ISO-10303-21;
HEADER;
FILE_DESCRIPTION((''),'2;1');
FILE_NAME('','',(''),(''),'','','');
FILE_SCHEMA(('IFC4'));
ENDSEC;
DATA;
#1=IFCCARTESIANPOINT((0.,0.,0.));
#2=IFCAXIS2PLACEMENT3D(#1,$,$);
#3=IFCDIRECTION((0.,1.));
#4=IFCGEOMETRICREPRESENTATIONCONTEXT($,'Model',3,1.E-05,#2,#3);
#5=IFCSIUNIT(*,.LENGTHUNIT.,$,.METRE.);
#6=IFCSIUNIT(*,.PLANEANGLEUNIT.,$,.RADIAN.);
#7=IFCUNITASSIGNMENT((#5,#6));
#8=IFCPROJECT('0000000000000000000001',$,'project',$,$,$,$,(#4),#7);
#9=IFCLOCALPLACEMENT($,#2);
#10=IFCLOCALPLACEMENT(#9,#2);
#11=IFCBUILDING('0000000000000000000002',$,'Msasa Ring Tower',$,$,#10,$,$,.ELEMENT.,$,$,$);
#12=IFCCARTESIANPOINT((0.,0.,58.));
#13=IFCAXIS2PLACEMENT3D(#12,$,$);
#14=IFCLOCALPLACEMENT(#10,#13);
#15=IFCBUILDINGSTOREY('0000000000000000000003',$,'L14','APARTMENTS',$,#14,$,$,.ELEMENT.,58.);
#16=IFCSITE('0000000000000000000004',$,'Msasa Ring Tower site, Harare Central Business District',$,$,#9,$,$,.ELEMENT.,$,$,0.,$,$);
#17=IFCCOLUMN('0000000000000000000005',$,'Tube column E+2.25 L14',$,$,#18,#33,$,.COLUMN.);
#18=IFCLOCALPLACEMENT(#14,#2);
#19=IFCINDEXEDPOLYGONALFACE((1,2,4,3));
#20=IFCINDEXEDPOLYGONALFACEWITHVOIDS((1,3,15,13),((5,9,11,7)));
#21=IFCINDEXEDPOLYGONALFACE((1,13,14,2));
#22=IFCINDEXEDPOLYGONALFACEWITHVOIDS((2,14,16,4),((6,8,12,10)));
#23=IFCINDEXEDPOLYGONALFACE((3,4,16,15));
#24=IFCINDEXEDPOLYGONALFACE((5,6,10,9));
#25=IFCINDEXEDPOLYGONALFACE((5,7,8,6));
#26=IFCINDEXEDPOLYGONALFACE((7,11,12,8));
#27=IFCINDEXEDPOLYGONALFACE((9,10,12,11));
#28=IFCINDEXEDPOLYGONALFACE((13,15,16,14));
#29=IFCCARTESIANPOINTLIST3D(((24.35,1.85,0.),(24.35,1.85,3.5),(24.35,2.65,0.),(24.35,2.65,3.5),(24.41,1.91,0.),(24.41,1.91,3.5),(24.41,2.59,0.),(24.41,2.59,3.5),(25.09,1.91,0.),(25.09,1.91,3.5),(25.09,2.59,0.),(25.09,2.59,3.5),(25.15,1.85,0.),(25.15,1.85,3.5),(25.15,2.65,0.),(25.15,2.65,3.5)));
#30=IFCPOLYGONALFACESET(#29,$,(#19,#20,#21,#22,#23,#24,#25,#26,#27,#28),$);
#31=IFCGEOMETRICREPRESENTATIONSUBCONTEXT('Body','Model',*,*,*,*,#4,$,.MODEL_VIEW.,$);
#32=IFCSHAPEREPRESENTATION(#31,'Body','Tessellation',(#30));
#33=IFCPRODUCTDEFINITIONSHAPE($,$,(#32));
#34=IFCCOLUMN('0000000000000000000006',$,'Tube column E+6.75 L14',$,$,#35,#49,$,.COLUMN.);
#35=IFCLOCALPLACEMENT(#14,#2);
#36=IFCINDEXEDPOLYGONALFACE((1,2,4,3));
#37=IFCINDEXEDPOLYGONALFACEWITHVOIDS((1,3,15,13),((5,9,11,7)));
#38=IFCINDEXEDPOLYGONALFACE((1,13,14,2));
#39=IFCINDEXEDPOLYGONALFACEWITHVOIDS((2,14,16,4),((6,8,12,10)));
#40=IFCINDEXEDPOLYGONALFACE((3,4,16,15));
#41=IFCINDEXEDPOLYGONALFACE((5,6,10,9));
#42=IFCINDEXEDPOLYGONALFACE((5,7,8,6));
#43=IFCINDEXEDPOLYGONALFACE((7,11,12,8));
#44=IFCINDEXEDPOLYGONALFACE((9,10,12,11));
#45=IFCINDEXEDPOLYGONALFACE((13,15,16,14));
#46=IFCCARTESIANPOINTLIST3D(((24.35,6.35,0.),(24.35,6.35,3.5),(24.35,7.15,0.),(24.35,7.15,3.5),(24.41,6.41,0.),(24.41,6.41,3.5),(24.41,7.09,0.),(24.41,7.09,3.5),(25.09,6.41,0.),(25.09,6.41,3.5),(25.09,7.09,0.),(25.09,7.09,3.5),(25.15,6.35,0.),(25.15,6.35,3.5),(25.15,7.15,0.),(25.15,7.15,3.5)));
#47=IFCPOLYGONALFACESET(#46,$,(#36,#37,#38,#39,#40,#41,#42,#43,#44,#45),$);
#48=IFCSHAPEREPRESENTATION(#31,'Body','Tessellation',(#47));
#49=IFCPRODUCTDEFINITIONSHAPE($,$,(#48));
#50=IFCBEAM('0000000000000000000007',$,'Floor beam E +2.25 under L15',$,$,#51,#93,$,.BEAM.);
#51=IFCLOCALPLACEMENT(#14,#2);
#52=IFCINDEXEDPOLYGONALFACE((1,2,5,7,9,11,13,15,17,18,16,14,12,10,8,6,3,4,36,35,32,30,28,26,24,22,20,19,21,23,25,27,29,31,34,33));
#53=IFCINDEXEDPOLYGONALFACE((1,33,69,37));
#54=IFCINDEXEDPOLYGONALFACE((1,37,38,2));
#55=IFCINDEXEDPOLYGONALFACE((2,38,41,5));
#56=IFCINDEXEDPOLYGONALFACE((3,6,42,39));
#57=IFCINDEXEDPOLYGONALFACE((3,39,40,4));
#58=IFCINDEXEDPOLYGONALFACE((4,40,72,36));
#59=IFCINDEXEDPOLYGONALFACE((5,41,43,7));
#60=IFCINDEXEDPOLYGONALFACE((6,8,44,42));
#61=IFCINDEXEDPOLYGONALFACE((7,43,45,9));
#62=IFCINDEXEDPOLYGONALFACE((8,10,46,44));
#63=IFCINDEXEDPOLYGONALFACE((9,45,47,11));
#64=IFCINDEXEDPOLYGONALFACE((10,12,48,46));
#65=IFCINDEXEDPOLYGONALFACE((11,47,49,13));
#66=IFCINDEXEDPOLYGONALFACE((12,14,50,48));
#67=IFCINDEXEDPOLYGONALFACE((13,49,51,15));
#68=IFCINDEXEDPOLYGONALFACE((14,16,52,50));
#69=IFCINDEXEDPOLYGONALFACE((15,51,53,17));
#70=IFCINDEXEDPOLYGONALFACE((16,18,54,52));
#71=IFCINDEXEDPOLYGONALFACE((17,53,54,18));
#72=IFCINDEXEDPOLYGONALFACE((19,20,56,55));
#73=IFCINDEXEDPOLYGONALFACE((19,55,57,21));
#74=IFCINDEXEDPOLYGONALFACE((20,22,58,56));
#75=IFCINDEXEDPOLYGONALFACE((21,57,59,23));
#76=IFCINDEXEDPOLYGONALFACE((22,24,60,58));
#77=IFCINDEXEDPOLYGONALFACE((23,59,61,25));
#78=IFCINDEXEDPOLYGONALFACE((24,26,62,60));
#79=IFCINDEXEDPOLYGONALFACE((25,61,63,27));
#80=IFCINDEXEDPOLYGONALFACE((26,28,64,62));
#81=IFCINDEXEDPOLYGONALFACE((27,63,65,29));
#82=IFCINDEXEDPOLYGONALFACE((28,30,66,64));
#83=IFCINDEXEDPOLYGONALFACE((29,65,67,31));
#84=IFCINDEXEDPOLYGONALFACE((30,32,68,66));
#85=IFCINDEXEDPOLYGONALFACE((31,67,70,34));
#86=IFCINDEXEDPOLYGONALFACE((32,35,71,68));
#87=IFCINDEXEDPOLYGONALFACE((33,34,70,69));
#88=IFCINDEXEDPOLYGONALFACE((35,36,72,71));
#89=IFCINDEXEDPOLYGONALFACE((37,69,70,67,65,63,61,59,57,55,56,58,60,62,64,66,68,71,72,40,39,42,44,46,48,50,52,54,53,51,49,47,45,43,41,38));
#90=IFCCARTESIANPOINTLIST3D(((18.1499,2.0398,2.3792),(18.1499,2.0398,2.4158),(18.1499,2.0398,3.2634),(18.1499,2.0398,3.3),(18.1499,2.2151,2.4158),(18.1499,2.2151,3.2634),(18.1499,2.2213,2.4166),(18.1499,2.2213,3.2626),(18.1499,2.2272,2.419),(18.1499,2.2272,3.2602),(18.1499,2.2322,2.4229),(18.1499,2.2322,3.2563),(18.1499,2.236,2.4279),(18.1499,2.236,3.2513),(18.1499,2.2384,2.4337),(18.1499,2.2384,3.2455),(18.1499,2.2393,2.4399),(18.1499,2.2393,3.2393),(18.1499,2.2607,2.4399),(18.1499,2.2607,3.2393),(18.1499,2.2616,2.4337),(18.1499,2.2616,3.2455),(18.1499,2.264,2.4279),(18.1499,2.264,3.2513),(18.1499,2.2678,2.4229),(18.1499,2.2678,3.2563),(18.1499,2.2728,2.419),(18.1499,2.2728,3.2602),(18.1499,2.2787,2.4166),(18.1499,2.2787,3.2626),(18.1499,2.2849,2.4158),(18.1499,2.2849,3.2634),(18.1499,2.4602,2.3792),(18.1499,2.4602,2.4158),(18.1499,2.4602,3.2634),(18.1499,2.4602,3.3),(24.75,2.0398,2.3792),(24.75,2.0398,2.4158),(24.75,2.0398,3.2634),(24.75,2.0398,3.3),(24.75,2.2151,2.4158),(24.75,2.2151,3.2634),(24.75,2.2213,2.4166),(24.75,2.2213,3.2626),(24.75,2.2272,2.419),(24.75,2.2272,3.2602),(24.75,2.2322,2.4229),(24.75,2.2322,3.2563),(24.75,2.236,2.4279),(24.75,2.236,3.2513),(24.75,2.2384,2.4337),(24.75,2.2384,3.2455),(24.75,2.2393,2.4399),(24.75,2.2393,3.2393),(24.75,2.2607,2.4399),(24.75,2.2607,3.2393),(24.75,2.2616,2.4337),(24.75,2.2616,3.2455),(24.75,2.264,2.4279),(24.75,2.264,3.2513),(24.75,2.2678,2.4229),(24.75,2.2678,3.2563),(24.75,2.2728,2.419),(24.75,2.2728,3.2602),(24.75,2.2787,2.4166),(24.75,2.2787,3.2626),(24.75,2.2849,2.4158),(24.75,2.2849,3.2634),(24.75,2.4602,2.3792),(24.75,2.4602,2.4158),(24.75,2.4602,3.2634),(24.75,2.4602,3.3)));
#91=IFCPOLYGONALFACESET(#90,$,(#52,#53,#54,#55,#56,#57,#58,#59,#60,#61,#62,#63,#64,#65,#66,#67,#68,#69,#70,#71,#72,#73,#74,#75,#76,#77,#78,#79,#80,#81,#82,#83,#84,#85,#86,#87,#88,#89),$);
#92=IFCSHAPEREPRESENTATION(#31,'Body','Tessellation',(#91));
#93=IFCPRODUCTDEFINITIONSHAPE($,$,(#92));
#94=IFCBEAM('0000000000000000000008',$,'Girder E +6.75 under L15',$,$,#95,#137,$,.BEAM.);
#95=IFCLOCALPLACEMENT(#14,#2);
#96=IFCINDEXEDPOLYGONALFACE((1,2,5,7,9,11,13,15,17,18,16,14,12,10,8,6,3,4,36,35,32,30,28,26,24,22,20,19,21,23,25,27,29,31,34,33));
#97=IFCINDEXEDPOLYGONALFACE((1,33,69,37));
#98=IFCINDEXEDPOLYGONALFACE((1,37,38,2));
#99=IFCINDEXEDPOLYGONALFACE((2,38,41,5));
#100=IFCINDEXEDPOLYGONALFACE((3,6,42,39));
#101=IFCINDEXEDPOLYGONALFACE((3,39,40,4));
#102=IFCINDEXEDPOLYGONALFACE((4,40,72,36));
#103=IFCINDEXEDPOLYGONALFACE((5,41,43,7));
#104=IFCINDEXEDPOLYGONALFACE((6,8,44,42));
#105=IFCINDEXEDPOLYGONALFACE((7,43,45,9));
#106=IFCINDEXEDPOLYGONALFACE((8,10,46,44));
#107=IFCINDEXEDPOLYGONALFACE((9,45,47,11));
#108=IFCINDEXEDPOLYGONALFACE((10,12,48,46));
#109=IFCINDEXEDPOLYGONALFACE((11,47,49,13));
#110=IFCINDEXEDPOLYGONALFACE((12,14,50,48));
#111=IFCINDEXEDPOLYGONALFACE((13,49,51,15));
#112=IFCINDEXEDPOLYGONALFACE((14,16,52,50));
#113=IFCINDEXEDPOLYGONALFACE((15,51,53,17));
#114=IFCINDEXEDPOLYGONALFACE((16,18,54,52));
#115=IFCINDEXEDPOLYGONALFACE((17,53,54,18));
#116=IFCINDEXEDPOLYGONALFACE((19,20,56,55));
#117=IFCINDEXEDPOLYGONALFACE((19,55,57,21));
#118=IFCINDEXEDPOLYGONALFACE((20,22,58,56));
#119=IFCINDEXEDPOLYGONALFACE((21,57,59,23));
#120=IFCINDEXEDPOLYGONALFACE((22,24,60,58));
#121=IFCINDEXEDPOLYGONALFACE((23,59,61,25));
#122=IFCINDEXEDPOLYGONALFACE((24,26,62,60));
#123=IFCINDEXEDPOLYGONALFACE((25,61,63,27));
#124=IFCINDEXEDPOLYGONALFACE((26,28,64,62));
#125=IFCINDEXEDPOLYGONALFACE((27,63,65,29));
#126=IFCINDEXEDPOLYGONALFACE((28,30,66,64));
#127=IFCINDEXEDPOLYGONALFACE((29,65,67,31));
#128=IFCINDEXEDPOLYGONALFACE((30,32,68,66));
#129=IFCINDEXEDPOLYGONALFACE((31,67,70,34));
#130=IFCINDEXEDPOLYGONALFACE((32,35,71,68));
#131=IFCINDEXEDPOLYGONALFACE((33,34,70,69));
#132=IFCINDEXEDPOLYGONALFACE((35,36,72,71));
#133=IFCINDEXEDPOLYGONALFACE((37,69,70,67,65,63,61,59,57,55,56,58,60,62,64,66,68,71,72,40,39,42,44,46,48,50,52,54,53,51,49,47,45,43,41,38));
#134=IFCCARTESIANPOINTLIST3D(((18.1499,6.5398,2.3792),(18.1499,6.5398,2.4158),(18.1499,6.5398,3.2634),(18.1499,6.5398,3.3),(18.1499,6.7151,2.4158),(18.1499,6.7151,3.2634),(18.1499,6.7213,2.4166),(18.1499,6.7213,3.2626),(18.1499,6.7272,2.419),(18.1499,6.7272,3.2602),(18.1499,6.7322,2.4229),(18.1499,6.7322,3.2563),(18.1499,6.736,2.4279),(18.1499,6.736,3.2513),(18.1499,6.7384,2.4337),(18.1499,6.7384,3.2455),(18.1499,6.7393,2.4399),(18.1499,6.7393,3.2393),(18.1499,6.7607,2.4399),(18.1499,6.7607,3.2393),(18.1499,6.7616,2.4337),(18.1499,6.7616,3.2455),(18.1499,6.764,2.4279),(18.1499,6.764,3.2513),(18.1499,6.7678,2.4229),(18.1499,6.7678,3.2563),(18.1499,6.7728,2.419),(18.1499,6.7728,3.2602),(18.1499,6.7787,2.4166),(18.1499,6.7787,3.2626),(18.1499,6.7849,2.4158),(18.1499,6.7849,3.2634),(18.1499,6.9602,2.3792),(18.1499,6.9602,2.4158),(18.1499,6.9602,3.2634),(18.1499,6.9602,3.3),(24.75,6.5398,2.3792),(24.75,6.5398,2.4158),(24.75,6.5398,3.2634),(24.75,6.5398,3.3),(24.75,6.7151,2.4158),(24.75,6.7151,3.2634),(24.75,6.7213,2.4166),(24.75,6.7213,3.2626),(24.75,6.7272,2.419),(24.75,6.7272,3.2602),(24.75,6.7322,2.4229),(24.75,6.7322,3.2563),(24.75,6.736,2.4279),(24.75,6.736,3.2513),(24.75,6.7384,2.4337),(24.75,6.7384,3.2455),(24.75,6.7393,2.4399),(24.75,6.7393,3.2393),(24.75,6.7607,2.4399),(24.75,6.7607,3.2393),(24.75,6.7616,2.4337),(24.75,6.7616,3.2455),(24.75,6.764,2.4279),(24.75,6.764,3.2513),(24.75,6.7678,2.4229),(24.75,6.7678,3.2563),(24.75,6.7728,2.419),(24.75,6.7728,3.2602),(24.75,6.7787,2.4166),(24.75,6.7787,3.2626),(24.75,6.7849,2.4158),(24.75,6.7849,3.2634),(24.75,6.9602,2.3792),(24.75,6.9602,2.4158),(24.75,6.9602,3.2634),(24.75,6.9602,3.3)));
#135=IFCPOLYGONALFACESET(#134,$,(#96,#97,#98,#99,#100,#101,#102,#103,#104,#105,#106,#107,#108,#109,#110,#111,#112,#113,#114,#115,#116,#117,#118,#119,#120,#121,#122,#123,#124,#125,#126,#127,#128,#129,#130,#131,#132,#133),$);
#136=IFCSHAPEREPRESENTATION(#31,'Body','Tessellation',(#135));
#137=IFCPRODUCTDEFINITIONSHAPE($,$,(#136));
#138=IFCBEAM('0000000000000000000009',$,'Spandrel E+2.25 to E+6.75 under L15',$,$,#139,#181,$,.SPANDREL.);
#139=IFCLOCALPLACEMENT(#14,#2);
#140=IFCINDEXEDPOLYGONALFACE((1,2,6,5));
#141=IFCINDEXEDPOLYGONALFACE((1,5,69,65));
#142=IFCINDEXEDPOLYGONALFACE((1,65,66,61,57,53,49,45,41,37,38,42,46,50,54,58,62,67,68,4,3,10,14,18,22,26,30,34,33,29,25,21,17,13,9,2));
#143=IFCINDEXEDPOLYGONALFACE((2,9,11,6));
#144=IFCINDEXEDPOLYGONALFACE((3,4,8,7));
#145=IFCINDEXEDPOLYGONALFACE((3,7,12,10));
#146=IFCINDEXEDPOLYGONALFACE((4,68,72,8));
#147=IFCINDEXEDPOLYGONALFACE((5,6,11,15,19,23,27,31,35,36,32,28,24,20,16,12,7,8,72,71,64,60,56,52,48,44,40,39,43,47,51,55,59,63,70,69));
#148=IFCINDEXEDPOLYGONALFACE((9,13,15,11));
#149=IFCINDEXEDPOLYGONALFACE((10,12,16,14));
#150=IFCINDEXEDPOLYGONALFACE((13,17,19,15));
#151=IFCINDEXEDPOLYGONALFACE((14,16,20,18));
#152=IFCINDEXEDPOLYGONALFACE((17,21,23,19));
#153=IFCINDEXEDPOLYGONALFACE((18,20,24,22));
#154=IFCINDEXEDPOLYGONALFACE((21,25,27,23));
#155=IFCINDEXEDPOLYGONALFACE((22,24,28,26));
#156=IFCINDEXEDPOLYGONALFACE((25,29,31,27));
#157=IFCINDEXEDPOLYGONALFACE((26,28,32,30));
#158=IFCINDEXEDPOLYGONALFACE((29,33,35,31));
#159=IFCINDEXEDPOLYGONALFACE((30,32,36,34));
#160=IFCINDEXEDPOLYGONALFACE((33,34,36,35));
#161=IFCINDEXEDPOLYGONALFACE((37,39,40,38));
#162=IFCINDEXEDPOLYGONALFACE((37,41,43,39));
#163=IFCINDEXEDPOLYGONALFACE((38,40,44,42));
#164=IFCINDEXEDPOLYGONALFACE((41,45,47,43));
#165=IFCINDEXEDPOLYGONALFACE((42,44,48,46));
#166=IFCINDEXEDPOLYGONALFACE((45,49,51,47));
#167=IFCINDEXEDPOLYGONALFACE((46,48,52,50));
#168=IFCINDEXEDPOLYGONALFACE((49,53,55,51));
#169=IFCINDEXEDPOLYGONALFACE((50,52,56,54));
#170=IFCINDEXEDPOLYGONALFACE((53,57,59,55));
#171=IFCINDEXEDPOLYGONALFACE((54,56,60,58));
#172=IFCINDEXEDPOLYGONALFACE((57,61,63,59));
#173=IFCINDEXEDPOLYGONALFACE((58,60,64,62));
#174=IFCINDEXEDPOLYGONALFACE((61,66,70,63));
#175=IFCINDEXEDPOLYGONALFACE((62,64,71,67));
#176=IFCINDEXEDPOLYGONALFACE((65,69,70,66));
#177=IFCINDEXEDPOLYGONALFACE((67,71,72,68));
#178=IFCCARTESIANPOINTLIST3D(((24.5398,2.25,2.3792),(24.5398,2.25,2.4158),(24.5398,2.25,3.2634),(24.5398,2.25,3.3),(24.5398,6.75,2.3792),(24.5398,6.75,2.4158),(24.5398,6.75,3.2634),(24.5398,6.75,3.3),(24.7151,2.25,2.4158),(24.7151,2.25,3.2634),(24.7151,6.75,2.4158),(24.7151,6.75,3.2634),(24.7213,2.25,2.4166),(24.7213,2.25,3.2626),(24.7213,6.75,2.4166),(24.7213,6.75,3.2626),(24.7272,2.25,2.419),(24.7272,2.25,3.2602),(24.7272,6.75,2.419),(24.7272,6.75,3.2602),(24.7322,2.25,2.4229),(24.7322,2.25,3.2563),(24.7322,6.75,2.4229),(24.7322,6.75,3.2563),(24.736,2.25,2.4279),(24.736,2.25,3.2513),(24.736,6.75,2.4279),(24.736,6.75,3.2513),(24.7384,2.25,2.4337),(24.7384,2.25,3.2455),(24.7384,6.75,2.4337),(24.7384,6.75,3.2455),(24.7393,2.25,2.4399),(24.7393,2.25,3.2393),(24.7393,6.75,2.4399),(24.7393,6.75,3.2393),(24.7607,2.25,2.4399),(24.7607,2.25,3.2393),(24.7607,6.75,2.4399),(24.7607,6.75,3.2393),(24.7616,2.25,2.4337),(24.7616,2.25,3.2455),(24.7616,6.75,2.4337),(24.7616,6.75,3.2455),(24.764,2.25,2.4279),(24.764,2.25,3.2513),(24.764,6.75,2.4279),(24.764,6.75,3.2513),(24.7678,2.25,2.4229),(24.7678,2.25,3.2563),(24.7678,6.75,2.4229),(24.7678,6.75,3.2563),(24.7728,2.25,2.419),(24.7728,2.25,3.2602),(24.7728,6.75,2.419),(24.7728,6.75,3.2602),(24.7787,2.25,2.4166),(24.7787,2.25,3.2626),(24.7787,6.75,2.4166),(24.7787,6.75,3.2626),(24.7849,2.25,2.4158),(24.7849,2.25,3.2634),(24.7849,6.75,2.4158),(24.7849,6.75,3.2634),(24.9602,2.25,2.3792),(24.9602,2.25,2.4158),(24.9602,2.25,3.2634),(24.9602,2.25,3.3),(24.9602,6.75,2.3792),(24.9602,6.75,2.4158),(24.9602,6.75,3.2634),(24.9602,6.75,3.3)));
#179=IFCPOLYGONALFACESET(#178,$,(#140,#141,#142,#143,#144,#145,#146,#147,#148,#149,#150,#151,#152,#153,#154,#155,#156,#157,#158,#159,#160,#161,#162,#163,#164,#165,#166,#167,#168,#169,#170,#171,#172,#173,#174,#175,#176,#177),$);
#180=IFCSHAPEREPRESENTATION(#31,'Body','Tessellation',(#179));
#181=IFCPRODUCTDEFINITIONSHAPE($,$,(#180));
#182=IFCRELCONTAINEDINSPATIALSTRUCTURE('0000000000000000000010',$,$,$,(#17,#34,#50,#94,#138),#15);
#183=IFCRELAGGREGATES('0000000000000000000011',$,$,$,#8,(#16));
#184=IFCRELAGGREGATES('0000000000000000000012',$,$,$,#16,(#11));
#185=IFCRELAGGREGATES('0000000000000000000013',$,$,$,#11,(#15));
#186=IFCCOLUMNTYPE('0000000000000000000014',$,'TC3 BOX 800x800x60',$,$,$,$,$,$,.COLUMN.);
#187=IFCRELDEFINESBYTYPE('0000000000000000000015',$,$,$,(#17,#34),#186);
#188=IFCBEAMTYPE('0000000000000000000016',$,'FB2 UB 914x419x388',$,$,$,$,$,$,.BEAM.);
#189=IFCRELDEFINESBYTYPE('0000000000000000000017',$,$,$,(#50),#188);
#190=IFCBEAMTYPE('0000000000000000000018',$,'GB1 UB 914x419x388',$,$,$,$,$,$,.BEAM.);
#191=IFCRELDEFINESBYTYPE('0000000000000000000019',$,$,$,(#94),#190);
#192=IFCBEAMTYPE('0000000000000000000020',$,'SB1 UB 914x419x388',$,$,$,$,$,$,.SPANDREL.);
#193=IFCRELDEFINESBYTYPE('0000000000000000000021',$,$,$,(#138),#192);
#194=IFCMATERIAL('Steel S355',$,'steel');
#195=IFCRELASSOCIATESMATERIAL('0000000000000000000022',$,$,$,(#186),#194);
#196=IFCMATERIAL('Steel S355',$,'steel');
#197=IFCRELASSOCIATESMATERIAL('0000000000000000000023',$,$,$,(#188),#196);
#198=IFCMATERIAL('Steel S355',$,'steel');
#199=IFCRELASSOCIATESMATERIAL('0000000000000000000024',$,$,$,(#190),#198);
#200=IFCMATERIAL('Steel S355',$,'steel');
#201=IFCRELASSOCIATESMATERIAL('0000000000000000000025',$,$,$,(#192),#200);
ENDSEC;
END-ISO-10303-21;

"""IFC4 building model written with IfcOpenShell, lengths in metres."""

from ifc_helpers import new_model, si_unit, direction, frame, origin, origin_2d, place, context, subcontext, project, spatial, hollow_rectangle, i_section, extrude, material, material_profile, profile_set, type_object, element, save


model = new_model("IFC4")

# Units and contexts
model_context = context("Model", 3, precision=1e-05, world=origin(), true_north=direction((0.0, 1.0)))
body_context = subcontext(model_context, "Body", "Model", "MODEL_VIEW")
ifc_project = project(units=[si_unit("LENGTHUNIT", "METRE"), si_unit("PLANEANGLEUNIT", "RADIAN")], contexts=[model_context])

# Site, building, storey
site_placement = place(None, origin())
site = spatial("IfcSite", under=ifc_project, at=site_placement, Name="Msasa Ring Tower site, Harare Central Business District", CompositionType="ELEMENT", RefElevation=0.0)
building_placement = place(site_placement, origin())
building = spatial("IfcBuilding", under=site, at=building_placement, Name="Msasa Ring Tower", CompositionType="ELEMENT")
storey_placement = place(building_placement, frame((0.0, 0.0, 58.0)))
storey = spatial("IfcBuildingStorey", under=building, at=storey_placement, Name="L14", Description="APARTMENTS", CompositionType="ELEMENT", Elevation=58.0)

# Columns
ifc_material_1 = material(Name="Steel S355", Category="steel")
ifc_material_profile_1 = material_profile(ifc_material_1, hollow_rectangle(XDim=0.8, YDim=0.8, WallThickness=0.0601, at=origin_2d()), Name="BOX 800x800x60")
ifc_profile_set_1 = profile_set([ifc_material_profile_1], Name="Steel S355")
column_type = type_object("IfcColumnType", Name="TC3 BOX 800x800x60", PredefinedType="COLUMN", material=ifc_profile_set_1)
for number, where, z_axis, x_axis, name in (
    (1, (24.75, 2.25, 0.0), (0.0, 0.0, 1.0), (1.0, 0.0, 0.0), "Tube column E+2.25 L14"),
    (2, (24.75, 6.75, 0.0), (0.0, 0.0, 1.0), (1.0, 0.0, 0.0), "Tube column E+6.75 L14"),
):
    element("IfcColumn", number, at=place(storey_placement, frame(where, z_axis=z_axis, x_axis=x_axis)), inside=storey, type_object=column_type, Name=name, PredefinedType="COLUMN", context=body_context, shape_type="SweptSolid", body=[
        extrude(hollow_rectangle(XDim=0.8, YDim=0.8, WallThickness=0.0601, at=origin_2d()), origin(), (0.0, 0.0, 1.0), 3.5),
    ])

# Beams
ifc_material_2 = material(Name="Steel S355", Category="steel")
ifc_material_profile_2 = material_profile(ifc_material_2, i_section(OverallWidth=0.4204, OverallDepth=0.9209, WebThickness=0.0215, FlangeThickness=0.0366, FilletRadius=0.0242, at=origin_2d()), Name="UB 914x419x388")
ifc_profile_set_2 = profile_set([ifc_material_profile_2], Name="Steel S355")
beam_type_1 = type_object("IfcBeamType", Name="FB2 UB 914x419x388", PredefinedType="BEAM", material=ifc_profile_set_2)
beam_1_placement = place(storey_placement, frame((24.75, 2.25, 2.8396), z_axis=(-1.0, 0.0, 0.0), x_axis=(0.0, -1.0, 0.0)))
element("IfcBeam", 3, at=beam_1_placement, inside=storey, type_object=beam_type_1, Name="Floor beam E +2.25 under L15", PredefinedType="BEAM", context=body_context, shape_type="SweptSolid", body=[
    extrude(i_section(OverallWidth=0.4204, OverallDepth=0.9209, WebThickness=0.0215, FlangeThickness=0.0366, FilletRadius=0.0242, at=origin_2d()), origin(), (0.0, 0.0, 1.0), 6.6001),
])
ifc_material_3 = material(Name="Steel S355", Category="steel")
ifc_material_profile_3 = material_profile(ifc_material_3, i_section(OverallWidth=0.4204, OverallDepth=0.9209, WebThickness=0.0215, FlangeThickness=0.0366, FilletRadius=0.0242, at=origin_2d()), Name="UB 914x419x388")
ifc_profile_set_3 = profile_set([ifc_material_profile_3], Name="Steel S355")
beam_type_2 = type_object("IfcBeamType", Name="GB1 UB 914x419x388", PredefinedType="BEAM", material=ifc_profile_set_3)
beam_2_placement = place(storey_placement, frame((18.1499, 6.75, 2.8396), z_axis=(1.0, 0.0, 0.0), x_axis=(0.0, 1.0, 0.0)))
element("IfcBeam", 4, at=beam_2_placement, inside=storey, type_object=beam_type_2, Name="Girder E +6.75 under L15", PredefinedType="BEAM", context=body_context, shape_type="SweptSolid", body=[
    extrude(i_section(OverallWidth=0.4204, OverallDepth=0.9209, WebThickness=0.0215, FlangeThickness=0.0366, FilletRadius=0.0242, at=origin_2d()), origin(), (0.0, 0.0, 1.0), 6.6001),
])
ifc_material_4 = material(Name="Steel S355", Category="steel")
ifc_material_profile_4 = material_profile(ifc_material_4, i_section(OverallWidth=0.4204, OverallDepth=0.9209, WebThickness=0.0215, FlangeThickness=0.0366, FilletRadius=0.0242, at=origin_2d()), Name="UB 914x419x388")
ifc_profile_set_4 = profile_set([ifc_material_profile_4], Name="Steel S355")
beam_type_3 = type_object("IfcBeamType", Name="SB1 UB 914x419x388", PredefinedType="SPANDREL", material=ifc_profile_set_4)
for number, where, z_axis, x_axis, name in (
    (5, (24.75, 2.25, 2.8396), (0.0, 1.0, 0.0), (-1.0, 0.0, 0.0), "Spandrel E+2.25 to E+6.75 under L15"),
):
    element("IfcBeam", number, at=place(storey_placement, frame(where, z_axis=z_axis, x_axis=x_axis)), inside=storey, type_object=beam_type_3, Name=name, PredefinedType="SPANDREL", context=body_context, shape_type="SweptSolid", body=[
        extrude(i_section(OverallWidth=0.4204, OverallDepth=0.9209, WebThickness=0.0215, FlangeThickness=0.0366, FilletRadius=0.0242, at=origin_2d()), origin(), (0.0, 0.0, 1.0), 4.5),
    ])

save(model, "model.ifc")
